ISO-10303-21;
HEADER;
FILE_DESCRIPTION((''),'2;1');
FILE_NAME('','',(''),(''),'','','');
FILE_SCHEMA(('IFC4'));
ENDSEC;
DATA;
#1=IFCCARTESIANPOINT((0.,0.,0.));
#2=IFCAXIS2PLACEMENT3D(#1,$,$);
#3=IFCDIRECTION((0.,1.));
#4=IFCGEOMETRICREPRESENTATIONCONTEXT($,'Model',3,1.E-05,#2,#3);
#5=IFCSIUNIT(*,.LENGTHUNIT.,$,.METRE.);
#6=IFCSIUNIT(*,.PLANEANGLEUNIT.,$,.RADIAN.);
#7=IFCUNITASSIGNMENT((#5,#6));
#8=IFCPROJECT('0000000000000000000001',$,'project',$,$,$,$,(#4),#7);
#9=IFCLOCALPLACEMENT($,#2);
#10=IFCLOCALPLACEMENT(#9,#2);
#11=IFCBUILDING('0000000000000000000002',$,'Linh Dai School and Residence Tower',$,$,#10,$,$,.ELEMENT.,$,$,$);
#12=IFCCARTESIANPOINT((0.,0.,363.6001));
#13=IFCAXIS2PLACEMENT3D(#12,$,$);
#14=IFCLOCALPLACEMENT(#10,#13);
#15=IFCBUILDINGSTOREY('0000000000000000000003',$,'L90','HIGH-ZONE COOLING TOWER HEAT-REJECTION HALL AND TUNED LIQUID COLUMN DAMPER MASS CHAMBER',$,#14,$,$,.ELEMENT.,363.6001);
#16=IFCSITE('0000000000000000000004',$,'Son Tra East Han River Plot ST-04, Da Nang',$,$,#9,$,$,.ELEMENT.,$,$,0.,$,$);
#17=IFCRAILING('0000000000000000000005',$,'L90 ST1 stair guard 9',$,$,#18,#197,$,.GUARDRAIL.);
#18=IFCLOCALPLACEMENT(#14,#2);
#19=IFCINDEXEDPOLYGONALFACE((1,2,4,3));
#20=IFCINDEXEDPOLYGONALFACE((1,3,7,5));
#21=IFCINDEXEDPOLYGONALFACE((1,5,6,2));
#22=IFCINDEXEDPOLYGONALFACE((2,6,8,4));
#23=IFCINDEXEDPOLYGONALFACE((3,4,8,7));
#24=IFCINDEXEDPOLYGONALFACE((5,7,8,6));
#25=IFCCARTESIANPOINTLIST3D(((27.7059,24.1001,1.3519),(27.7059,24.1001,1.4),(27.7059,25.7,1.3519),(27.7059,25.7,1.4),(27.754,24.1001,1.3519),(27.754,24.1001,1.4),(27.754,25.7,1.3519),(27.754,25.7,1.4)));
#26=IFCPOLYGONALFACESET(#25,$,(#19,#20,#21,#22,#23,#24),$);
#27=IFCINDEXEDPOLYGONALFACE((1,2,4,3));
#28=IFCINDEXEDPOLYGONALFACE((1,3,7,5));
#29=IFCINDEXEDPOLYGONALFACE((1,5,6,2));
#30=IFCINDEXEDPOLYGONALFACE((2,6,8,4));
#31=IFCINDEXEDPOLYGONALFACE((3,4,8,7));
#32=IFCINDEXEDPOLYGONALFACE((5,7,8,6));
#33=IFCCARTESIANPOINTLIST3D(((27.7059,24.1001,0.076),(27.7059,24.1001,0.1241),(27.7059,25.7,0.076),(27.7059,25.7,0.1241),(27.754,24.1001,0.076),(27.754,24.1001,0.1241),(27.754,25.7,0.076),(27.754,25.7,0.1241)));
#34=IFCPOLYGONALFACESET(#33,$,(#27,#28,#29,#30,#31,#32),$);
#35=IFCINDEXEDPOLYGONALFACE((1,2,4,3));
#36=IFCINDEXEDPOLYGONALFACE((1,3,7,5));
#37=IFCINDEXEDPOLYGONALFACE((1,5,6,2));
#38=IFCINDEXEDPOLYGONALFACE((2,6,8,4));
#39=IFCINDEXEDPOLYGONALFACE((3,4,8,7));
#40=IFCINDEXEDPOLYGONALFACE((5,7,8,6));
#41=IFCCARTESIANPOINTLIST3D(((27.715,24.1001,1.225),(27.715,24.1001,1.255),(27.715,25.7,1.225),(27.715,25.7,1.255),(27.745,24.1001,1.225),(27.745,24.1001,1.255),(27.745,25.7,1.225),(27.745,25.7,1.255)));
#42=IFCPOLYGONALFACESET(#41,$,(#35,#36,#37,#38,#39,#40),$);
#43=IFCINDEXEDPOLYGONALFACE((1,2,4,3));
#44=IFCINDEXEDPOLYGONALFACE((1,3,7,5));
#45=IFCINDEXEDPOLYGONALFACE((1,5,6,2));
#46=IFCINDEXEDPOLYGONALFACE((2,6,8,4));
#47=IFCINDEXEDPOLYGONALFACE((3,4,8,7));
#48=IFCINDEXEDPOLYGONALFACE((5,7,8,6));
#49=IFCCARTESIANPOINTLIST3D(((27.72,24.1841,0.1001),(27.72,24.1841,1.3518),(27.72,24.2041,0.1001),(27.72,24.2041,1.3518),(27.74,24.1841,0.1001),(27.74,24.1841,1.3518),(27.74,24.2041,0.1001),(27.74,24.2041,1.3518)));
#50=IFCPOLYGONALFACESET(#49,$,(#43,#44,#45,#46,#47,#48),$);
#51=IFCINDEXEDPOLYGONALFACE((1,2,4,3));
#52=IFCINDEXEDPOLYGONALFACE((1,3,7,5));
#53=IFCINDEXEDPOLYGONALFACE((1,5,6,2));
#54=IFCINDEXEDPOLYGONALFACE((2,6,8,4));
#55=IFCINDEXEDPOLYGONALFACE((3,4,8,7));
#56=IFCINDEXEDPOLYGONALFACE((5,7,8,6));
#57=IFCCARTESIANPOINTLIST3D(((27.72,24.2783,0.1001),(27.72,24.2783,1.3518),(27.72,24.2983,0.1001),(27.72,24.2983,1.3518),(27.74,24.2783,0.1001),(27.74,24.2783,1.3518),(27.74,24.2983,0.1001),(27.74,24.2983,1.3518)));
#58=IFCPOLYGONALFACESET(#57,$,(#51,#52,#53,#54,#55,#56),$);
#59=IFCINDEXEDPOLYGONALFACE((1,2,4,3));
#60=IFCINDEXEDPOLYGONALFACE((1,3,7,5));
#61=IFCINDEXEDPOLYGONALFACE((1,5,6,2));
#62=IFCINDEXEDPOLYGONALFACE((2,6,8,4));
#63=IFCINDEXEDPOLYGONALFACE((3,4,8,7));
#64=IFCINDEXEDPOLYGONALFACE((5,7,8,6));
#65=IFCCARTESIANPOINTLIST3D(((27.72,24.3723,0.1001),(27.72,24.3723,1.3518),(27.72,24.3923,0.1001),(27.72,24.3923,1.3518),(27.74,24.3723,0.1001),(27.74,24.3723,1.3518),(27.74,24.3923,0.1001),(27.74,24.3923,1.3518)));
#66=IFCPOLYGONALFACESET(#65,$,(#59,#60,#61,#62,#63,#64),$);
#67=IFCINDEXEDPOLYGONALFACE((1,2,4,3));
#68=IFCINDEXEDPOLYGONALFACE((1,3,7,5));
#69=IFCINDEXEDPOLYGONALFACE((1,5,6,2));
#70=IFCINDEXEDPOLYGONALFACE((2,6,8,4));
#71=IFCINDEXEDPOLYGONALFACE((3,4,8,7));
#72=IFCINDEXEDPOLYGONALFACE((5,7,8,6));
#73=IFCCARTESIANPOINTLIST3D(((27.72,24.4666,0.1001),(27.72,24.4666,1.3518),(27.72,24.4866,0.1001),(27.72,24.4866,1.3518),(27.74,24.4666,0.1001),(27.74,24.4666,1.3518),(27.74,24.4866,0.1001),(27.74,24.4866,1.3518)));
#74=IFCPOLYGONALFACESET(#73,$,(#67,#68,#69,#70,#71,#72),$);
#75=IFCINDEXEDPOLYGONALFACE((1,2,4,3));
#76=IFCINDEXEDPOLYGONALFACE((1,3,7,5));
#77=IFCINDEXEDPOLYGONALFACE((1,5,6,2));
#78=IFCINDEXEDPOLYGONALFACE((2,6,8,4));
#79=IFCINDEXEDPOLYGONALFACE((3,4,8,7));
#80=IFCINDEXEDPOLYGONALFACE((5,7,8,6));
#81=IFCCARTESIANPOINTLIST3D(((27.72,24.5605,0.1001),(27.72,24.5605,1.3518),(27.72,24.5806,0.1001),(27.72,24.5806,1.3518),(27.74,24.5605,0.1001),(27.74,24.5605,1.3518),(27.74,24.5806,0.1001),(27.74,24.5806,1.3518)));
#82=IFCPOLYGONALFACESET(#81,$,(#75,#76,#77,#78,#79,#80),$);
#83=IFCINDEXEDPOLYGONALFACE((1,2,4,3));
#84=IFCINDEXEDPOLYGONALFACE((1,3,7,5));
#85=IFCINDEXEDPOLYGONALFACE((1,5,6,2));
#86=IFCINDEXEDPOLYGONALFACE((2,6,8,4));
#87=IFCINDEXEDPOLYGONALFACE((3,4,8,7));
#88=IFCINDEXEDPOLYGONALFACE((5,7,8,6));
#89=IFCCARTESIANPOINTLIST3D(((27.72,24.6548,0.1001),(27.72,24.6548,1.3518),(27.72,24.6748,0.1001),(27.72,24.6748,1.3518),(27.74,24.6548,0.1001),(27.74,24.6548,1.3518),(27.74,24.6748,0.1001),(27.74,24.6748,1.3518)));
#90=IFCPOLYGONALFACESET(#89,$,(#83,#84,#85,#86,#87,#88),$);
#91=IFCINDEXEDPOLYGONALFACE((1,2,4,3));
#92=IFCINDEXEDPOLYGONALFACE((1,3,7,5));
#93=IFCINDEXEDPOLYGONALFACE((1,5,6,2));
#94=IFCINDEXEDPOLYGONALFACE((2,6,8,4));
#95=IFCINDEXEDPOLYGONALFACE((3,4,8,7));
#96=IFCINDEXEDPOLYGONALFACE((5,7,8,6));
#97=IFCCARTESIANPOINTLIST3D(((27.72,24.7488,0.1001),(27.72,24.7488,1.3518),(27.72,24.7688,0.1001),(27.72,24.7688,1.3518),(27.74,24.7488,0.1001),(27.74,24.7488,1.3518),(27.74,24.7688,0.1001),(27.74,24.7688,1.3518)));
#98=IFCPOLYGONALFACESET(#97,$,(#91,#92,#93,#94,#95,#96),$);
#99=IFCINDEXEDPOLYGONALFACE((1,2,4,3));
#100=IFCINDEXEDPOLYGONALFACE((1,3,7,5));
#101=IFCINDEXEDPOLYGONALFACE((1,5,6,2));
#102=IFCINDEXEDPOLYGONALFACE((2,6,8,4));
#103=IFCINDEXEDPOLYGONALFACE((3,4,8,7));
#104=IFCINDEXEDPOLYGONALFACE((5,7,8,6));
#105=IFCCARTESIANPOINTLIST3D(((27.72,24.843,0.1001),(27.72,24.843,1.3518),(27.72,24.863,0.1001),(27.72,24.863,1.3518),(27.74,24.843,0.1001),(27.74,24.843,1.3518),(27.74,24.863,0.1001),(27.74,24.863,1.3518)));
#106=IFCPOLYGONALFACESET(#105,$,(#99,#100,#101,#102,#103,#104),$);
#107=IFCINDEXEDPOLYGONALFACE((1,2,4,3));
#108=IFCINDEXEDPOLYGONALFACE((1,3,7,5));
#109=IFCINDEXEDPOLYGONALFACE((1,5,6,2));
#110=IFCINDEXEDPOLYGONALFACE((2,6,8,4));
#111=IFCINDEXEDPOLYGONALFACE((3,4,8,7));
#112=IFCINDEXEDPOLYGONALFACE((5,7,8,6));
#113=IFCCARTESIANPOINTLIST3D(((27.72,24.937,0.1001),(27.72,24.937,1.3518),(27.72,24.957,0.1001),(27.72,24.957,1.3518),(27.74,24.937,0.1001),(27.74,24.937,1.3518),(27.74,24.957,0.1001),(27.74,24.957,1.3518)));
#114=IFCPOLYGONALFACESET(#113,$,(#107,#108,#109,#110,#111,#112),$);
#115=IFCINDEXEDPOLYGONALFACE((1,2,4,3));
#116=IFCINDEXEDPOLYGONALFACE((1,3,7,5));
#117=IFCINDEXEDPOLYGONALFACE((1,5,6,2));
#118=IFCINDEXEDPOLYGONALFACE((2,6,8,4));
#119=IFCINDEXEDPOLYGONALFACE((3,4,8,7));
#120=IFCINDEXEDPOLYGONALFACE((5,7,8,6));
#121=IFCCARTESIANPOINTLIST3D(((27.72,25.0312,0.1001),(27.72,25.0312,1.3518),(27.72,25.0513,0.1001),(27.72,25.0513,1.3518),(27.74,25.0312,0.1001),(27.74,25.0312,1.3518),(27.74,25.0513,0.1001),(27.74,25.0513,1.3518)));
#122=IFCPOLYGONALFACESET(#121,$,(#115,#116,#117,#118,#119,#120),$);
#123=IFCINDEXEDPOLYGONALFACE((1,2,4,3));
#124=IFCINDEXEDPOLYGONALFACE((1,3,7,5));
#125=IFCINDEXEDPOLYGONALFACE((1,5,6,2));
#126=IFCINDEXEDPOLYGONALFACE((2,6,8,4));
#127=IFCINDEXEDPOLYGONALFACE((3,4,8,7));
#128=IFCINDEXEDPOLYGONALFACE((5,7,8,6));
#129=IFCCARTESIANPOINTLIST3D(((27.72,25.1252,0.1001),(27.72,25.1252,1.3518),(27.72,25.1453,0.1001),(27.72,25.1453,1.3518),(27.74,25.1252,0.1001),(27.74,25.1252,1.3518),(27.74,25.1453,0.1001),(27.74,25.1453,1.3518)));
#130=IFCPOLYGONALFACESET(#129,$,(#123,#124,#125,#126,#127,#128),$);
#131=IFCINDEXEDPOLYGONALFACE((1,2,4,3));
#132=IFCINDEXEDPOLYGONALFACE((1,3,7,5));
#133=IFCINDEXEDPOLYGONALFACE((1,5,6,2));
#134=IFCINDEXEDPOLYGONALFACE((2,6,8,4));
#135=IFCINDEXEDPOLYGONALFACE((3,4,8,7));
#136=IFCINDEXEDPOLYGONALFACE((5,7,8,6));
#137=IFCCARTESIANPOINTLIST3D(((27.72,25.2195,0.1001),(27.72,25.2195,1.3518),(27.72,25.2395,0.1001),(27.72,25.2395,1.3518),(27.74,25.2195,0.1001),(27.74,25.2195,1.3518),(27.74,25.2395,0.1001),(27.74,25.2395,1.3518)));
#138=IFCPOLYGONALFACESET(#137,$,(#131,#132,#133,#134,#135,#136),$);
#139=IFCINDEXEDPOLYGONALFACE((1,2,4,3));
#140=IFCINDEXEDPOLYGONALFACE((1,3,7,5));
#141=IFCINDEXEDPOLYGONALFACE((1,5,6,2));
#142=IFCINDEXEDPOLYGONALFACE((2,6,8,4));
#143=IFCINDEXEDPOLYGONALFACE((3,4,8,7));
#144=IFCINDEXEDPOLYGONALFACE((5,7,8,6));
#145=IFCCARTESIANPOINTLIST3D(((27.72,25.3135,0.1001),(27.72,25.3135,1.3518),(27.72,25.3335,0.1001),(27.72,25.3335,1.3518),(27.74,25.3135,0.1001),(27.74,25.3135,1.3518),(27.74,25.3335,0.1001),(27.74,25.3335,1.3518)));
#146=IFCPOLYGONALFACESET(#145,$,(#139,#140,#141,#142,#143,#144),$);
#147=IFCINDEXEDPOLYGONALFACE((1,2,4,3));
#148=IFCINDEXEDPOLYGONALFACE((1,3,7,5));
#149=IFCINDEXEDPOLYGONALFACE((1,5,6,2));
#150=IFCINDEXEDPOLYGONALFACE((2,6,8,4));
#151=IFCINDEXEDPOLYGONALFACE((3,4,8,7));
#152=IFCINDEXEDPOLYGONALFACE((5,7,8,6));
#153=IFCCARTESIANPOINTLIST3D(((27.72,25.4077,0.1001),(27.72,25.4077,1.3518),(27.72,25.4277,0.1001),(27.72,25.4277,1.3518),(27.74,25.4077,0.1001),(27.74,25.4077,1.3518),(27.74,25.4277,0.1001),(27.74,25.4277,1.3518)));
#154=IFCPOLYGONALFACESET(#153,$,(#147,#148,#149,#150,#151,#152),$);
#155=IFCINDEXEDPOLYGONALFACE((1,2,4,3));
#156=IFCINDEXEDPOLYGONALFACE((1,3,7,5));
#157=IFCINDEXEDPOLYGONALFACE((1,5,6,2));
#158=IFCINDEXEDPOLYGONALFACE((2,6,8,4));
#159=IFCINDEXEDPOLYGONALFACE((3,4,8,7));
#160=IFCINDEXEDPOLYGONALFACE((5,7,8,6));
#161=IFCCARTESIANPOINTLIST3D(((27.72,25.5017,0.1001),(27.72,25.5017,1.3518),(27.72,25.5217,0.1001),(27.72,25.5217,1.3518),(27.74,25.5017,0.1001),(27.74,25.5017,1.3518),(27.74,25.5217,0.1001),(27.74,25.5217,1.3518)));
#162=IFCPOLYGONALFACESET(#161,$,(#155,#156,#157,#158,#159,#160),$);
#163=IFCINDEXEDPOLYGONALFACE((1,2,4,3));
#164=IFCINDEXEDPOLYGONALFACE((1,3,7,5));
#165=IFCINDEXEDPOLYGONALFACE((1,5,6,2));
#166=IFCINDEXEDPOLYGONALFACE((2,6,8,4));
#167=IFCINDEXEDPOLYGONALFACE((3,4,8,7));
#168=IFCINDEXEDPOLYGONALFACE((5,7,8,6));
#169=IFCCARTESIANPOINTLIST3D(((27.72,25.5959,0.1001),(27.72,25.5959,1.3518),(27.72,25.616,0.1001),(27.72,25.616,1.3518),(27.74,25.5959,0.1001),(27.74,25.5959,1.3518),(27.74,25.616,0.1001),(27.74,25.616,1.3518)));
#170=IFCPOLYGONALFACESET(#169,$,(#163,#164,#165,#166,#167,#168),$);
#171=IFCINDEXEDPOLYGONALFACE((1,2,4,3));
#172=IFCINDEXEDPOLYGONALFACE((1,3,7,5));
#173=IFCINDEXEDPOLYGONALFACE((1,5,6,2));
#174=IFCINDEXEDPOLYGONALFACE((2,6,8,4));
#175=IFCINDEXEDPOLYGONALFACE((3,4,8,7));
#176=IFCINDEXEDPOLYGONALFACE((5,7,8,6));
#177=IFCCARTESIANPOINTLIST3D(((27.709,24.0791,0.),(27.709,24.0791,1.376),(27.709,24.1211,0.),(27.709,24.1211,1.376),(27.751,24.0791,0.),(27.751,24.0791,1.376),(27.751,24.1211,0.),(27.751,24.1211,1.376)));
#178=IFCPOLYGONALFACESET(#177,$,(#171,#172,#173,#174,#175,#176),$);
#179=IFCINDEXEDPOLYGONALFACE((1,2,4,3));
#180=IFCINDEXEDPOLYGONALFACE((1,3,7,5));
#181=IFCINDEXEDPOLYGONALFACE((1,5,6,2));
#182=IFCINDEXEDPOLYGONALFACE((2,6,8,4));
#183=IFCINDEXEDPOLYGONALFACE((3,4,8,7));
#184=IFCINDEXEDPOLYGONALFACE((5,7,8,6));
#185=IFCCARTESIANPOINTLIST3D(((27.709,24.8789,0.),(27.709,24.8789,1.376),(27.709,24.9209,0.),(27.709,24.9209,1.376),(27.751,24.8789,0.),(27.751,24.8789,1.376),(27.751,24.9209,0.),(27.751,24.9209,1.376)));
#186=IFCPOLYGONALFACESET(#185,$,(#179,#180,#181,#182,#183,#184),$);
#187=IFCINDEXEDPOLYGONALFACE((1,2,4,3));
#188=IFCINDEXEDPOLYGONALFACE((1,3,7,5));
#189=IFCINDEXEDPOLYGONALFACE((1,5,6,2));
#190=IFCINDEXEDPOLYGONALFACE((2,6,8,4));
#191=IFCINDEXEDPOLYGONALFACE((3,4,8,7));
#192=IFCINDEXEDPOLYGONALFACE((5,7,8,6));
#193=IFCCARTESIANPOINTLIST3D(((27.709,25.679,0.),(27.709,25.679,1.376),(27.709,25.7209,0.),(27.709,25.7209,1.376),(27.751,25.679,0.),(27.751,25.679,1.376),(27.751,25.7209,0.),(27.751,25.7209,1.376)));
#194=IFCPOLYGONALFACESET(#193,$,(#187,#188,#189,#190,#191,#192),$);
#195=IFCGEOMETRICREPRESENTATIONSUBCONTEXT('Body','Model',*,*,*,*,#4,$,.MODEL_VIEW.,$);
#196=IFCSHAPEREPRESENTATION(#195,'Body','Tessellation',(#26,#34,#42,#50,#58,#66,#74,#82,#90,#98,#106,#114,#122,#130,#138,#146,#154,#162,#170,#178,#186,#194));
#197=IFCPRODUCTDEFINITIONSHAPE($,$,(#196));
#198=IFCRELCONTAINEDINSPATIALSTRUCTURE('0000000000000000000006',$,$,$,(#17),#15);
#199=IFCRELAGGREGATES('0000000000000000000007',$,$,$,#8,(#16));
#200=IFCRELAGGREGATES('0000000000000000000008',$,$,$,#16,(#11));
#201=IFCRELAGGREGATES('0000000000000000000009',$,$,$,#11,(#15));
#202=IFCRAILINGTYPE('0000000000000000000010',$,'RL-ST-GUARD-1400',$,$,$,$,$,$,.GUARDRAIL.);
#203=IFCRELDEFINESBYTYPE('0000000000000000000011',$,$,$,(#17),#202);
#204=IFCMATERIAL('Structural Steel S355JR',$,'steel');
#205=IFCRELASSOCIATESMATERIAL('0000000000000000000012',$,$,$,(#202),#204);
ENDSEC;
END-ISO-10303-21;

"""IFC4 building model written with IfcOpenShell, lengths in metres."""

from ifc_helpers import new_model, si_unit, direction, frame, origin, origin_2d, place, context, subcontext, project, spatial, rectangle, extrude, source, transform, mapped, material, type_object, element, save


model = new_model("IFC4")

# Units and contexts
model_context = context("Model", 3, precision=1e-05, world=origin(), true_north=direction((0.0, 1.0)))
body_context = subcontext(model_context, "Body", "Model", "MODEL_VIEW")
ifc_project = project(units=[si_unit("LENGTHUNIT", "METRE"), si_unit("PLANEANGLEUNIT", "RADIAN")], contexts=[model_context])

# Site, building, storey
site_placement = place(None, origin())
site = spatial("IfcSite", under=ifc_project, at=site_placement, Name="Son Tra East Han River Plot ST-04, Da Nang", CompositionType="ELEMENT", RefElevation=0.0)
building_placement = place(site_placement, origin())
building = spatial("IfcBuilding", under=site, at=building_placement, Name="Linh Dai School and Residence Tower", CompositionType="ELEMENT")
storey_placement = place(building_placement, frame((0.0, 0.0, 363.6001)))
storey = spatial("IfcBuildingStorey", under=building, at=storey_placement, Name="L90", Description="HIGH-ZONE COOLING TOWER HEAT-REJECTION HALL AND TUNED LIQUID COLUMN DAMPER MASS CHAMBER", CompositionType="ELEMENT", Elevation=363.6001)

# Shared definitions
ifc_material_1 = material(Name="Structural Steel S355JR", Category="steel")

# Railing
railing_type_1 = type_object("IfcRailingType", Name="RL-ST-GUARD-1400", PredefinedType="GUARDRAIL", material=ifc_material_1)
shared_shape_1 = source(origin(), body_context, "Body", "SweptSolid", [
    extrude(rectangle(XDim=0.0481, YDim=0.0481, at=origin_2d()), frame((0.0, 0.0, 1.376), z_axis=(0.0, 1.0, 0.0), x_axis=(-1.0, 0.0, 0.0)), (0.0, 0.0, 1.0), 1.5999),
    extrude(rectangle(XDim=0.0481, YDim=0.0481, at=origin_2d()), frame((0.0, 0.0, 0.1001), z_axis=(0.0, 1.0, 0.0), x_axis=(-1.0, 0.0, 0.0)), (0.0, 0.0, 1.0), 1.5999),
    extrude(rectangle(XDim=0.03, YDim=0.03, at=origin_2d()), frame((0.0, 0.0, 1.24), z_axis=(0.0, 1.0, 0.0), x_axis=(-1.0, 0.0, 0.0)), (0.0, 0.0, 1.0), 1.5999),
    extrude(rectangle(XDim=0.02, YDim=0.02, at=origin_2d()), frame((0.0, 0.094, 0.1001)), (0.0, 0.0, 1.0), 1.2517),
    extrude(rectangle(XDim=0.02, YDim=0.02, at=origin_2d()), frame((0.0, 0.1882, 0.1001)), (0.0, 0.0, 1.0), 1.2517),
    extrude(rectangle(XDim=0.02, YDim=0.02, at=origin_2d()), frame((0.0, 0.2822, 0.1001)), (0.0, 0.0, 1.0), 1.2517),
    extrude(rectangle(XDim=0.02, YDim=0.02, at=origin_2d()), frame((0.0, 0.3765, 0.1001)), (0.0, 0.0, 1.0), 1.2517),
    extrude(rectangle(XDim=0.02, YDim=0.02, at=origin_2d()), frame((0.0, 0.4705, 0.1001)), (0.0, 0.0, 1.0), 1.2517),
    extrude(rectangle(XDim=0.02, YDim=0.02, at=origin_2d()), frame((0.0, 0.5647, 0.1001)), (0.0, 0.0, 1.0), 1.2517),
    extrude(rectangle(XDim=0.02, YDim=0.02, at=origin_2d()), frame((0.0, 0.6587, 0.1001)), (0.0, 0.0, 1.0), 1.2517),
    extrude(rectangle(XDim=0.02, YDim=0.02, at=origin_2d()), frame((0.0, 0.7529, 0.1001)), (0.0, 0.0, 1.0), 1.2517),
    extrude(rectangle(XDim=0.02, YDim=0.02, at=origin_2d()), frame((0.0, 0.8469, 0.1001)), (0.0, 0.0, 1.0), 1.2517),
    extrude(rectangle(XDim=0.02, YDim=0.02, at=origin_2d()), frame((0.0, 0.9412, 0.1001)), (0.0, 0.0, 1.0), 1.2517),
    extrude(rectangle(XDim=0.02, YDim=0.02, at=origin_2d()), frame((0.0, 1.0352, 0.1001)), (0.0, 0.0, 1.0), 1.2517),
    extrude(rectangle(XDim=0.02, YDim=0.02, at=origin_2d()), frame((0.0, 1.1294, 0.1001)), (0.0, 0.0, 1.0), 1.2517),
    extrude(rectangle(XDim=0.02, YDim=0.02, at=origin_2d()), frame((0.0, 1.2234, 0.1001)), (0.0, 0.0, 1.0), 1.2517),
    extrude(rectangle(XDim=0.02, YDim=0.02, at=origin_2d()), frame((0.0, 1.3176, 0.1001)), (0.0, 0.0, 1.0), 1.2517),
    extrude(rectangle(XDim=0.02, YDim=0.02, at=origin_2d()), frame((0.0, 1.4116, 0.1001)), (0.0, 0.0, 1.0), 1.2517),
    extrude(rectangle(XDim=0.02, YDim=0.02, at=origin_2d()), frame((0.0, 1.5059, 0.1001)), (0.0, 0.0, 1.0), 1.2517),
    extrude(rectangle(XDim=0.042, YDim=0.042, at=origin_2d()), origin(), (0.0, 0.0, 1.0), 1.376),
    extrude(rectangle(XDim=0.042, YDim=0.042, at=origin_2d()), frame((0.0, 0.7998, 0.0)), (0.0, 0.0, 1.0), 1.376),
    extrude(rectangle(XDim=0.042, YDim=0.042, at=origin_2d()), frame((0.0, 1.5999, 0.0)), (0.0, 0.0, 1.0), 1.376),
])
for number, where, name in (
    (1, (27.73, 24.1001, 0.0), "L90 ST1 stair guard 9"),
):
    element("IfcRailing", number, at=place(storey_placement, frame(where)), inside=storey, type_object=railing_type_1, Name=name, PredefinedType="GUARDRAIL", context=body_context, shape_type="MappedRepresentation", body=[
        mapped(shared_shape_1, transform((0.0, 0.0, 0.0), x_axis=(1.0, 0.0, 0.0), y_axis=(0.0, 1.0, 0.0), z_axis=(0.0, 0.0, 1.0), scale=1.0)),
    ])

save(model, "model.ifc")
